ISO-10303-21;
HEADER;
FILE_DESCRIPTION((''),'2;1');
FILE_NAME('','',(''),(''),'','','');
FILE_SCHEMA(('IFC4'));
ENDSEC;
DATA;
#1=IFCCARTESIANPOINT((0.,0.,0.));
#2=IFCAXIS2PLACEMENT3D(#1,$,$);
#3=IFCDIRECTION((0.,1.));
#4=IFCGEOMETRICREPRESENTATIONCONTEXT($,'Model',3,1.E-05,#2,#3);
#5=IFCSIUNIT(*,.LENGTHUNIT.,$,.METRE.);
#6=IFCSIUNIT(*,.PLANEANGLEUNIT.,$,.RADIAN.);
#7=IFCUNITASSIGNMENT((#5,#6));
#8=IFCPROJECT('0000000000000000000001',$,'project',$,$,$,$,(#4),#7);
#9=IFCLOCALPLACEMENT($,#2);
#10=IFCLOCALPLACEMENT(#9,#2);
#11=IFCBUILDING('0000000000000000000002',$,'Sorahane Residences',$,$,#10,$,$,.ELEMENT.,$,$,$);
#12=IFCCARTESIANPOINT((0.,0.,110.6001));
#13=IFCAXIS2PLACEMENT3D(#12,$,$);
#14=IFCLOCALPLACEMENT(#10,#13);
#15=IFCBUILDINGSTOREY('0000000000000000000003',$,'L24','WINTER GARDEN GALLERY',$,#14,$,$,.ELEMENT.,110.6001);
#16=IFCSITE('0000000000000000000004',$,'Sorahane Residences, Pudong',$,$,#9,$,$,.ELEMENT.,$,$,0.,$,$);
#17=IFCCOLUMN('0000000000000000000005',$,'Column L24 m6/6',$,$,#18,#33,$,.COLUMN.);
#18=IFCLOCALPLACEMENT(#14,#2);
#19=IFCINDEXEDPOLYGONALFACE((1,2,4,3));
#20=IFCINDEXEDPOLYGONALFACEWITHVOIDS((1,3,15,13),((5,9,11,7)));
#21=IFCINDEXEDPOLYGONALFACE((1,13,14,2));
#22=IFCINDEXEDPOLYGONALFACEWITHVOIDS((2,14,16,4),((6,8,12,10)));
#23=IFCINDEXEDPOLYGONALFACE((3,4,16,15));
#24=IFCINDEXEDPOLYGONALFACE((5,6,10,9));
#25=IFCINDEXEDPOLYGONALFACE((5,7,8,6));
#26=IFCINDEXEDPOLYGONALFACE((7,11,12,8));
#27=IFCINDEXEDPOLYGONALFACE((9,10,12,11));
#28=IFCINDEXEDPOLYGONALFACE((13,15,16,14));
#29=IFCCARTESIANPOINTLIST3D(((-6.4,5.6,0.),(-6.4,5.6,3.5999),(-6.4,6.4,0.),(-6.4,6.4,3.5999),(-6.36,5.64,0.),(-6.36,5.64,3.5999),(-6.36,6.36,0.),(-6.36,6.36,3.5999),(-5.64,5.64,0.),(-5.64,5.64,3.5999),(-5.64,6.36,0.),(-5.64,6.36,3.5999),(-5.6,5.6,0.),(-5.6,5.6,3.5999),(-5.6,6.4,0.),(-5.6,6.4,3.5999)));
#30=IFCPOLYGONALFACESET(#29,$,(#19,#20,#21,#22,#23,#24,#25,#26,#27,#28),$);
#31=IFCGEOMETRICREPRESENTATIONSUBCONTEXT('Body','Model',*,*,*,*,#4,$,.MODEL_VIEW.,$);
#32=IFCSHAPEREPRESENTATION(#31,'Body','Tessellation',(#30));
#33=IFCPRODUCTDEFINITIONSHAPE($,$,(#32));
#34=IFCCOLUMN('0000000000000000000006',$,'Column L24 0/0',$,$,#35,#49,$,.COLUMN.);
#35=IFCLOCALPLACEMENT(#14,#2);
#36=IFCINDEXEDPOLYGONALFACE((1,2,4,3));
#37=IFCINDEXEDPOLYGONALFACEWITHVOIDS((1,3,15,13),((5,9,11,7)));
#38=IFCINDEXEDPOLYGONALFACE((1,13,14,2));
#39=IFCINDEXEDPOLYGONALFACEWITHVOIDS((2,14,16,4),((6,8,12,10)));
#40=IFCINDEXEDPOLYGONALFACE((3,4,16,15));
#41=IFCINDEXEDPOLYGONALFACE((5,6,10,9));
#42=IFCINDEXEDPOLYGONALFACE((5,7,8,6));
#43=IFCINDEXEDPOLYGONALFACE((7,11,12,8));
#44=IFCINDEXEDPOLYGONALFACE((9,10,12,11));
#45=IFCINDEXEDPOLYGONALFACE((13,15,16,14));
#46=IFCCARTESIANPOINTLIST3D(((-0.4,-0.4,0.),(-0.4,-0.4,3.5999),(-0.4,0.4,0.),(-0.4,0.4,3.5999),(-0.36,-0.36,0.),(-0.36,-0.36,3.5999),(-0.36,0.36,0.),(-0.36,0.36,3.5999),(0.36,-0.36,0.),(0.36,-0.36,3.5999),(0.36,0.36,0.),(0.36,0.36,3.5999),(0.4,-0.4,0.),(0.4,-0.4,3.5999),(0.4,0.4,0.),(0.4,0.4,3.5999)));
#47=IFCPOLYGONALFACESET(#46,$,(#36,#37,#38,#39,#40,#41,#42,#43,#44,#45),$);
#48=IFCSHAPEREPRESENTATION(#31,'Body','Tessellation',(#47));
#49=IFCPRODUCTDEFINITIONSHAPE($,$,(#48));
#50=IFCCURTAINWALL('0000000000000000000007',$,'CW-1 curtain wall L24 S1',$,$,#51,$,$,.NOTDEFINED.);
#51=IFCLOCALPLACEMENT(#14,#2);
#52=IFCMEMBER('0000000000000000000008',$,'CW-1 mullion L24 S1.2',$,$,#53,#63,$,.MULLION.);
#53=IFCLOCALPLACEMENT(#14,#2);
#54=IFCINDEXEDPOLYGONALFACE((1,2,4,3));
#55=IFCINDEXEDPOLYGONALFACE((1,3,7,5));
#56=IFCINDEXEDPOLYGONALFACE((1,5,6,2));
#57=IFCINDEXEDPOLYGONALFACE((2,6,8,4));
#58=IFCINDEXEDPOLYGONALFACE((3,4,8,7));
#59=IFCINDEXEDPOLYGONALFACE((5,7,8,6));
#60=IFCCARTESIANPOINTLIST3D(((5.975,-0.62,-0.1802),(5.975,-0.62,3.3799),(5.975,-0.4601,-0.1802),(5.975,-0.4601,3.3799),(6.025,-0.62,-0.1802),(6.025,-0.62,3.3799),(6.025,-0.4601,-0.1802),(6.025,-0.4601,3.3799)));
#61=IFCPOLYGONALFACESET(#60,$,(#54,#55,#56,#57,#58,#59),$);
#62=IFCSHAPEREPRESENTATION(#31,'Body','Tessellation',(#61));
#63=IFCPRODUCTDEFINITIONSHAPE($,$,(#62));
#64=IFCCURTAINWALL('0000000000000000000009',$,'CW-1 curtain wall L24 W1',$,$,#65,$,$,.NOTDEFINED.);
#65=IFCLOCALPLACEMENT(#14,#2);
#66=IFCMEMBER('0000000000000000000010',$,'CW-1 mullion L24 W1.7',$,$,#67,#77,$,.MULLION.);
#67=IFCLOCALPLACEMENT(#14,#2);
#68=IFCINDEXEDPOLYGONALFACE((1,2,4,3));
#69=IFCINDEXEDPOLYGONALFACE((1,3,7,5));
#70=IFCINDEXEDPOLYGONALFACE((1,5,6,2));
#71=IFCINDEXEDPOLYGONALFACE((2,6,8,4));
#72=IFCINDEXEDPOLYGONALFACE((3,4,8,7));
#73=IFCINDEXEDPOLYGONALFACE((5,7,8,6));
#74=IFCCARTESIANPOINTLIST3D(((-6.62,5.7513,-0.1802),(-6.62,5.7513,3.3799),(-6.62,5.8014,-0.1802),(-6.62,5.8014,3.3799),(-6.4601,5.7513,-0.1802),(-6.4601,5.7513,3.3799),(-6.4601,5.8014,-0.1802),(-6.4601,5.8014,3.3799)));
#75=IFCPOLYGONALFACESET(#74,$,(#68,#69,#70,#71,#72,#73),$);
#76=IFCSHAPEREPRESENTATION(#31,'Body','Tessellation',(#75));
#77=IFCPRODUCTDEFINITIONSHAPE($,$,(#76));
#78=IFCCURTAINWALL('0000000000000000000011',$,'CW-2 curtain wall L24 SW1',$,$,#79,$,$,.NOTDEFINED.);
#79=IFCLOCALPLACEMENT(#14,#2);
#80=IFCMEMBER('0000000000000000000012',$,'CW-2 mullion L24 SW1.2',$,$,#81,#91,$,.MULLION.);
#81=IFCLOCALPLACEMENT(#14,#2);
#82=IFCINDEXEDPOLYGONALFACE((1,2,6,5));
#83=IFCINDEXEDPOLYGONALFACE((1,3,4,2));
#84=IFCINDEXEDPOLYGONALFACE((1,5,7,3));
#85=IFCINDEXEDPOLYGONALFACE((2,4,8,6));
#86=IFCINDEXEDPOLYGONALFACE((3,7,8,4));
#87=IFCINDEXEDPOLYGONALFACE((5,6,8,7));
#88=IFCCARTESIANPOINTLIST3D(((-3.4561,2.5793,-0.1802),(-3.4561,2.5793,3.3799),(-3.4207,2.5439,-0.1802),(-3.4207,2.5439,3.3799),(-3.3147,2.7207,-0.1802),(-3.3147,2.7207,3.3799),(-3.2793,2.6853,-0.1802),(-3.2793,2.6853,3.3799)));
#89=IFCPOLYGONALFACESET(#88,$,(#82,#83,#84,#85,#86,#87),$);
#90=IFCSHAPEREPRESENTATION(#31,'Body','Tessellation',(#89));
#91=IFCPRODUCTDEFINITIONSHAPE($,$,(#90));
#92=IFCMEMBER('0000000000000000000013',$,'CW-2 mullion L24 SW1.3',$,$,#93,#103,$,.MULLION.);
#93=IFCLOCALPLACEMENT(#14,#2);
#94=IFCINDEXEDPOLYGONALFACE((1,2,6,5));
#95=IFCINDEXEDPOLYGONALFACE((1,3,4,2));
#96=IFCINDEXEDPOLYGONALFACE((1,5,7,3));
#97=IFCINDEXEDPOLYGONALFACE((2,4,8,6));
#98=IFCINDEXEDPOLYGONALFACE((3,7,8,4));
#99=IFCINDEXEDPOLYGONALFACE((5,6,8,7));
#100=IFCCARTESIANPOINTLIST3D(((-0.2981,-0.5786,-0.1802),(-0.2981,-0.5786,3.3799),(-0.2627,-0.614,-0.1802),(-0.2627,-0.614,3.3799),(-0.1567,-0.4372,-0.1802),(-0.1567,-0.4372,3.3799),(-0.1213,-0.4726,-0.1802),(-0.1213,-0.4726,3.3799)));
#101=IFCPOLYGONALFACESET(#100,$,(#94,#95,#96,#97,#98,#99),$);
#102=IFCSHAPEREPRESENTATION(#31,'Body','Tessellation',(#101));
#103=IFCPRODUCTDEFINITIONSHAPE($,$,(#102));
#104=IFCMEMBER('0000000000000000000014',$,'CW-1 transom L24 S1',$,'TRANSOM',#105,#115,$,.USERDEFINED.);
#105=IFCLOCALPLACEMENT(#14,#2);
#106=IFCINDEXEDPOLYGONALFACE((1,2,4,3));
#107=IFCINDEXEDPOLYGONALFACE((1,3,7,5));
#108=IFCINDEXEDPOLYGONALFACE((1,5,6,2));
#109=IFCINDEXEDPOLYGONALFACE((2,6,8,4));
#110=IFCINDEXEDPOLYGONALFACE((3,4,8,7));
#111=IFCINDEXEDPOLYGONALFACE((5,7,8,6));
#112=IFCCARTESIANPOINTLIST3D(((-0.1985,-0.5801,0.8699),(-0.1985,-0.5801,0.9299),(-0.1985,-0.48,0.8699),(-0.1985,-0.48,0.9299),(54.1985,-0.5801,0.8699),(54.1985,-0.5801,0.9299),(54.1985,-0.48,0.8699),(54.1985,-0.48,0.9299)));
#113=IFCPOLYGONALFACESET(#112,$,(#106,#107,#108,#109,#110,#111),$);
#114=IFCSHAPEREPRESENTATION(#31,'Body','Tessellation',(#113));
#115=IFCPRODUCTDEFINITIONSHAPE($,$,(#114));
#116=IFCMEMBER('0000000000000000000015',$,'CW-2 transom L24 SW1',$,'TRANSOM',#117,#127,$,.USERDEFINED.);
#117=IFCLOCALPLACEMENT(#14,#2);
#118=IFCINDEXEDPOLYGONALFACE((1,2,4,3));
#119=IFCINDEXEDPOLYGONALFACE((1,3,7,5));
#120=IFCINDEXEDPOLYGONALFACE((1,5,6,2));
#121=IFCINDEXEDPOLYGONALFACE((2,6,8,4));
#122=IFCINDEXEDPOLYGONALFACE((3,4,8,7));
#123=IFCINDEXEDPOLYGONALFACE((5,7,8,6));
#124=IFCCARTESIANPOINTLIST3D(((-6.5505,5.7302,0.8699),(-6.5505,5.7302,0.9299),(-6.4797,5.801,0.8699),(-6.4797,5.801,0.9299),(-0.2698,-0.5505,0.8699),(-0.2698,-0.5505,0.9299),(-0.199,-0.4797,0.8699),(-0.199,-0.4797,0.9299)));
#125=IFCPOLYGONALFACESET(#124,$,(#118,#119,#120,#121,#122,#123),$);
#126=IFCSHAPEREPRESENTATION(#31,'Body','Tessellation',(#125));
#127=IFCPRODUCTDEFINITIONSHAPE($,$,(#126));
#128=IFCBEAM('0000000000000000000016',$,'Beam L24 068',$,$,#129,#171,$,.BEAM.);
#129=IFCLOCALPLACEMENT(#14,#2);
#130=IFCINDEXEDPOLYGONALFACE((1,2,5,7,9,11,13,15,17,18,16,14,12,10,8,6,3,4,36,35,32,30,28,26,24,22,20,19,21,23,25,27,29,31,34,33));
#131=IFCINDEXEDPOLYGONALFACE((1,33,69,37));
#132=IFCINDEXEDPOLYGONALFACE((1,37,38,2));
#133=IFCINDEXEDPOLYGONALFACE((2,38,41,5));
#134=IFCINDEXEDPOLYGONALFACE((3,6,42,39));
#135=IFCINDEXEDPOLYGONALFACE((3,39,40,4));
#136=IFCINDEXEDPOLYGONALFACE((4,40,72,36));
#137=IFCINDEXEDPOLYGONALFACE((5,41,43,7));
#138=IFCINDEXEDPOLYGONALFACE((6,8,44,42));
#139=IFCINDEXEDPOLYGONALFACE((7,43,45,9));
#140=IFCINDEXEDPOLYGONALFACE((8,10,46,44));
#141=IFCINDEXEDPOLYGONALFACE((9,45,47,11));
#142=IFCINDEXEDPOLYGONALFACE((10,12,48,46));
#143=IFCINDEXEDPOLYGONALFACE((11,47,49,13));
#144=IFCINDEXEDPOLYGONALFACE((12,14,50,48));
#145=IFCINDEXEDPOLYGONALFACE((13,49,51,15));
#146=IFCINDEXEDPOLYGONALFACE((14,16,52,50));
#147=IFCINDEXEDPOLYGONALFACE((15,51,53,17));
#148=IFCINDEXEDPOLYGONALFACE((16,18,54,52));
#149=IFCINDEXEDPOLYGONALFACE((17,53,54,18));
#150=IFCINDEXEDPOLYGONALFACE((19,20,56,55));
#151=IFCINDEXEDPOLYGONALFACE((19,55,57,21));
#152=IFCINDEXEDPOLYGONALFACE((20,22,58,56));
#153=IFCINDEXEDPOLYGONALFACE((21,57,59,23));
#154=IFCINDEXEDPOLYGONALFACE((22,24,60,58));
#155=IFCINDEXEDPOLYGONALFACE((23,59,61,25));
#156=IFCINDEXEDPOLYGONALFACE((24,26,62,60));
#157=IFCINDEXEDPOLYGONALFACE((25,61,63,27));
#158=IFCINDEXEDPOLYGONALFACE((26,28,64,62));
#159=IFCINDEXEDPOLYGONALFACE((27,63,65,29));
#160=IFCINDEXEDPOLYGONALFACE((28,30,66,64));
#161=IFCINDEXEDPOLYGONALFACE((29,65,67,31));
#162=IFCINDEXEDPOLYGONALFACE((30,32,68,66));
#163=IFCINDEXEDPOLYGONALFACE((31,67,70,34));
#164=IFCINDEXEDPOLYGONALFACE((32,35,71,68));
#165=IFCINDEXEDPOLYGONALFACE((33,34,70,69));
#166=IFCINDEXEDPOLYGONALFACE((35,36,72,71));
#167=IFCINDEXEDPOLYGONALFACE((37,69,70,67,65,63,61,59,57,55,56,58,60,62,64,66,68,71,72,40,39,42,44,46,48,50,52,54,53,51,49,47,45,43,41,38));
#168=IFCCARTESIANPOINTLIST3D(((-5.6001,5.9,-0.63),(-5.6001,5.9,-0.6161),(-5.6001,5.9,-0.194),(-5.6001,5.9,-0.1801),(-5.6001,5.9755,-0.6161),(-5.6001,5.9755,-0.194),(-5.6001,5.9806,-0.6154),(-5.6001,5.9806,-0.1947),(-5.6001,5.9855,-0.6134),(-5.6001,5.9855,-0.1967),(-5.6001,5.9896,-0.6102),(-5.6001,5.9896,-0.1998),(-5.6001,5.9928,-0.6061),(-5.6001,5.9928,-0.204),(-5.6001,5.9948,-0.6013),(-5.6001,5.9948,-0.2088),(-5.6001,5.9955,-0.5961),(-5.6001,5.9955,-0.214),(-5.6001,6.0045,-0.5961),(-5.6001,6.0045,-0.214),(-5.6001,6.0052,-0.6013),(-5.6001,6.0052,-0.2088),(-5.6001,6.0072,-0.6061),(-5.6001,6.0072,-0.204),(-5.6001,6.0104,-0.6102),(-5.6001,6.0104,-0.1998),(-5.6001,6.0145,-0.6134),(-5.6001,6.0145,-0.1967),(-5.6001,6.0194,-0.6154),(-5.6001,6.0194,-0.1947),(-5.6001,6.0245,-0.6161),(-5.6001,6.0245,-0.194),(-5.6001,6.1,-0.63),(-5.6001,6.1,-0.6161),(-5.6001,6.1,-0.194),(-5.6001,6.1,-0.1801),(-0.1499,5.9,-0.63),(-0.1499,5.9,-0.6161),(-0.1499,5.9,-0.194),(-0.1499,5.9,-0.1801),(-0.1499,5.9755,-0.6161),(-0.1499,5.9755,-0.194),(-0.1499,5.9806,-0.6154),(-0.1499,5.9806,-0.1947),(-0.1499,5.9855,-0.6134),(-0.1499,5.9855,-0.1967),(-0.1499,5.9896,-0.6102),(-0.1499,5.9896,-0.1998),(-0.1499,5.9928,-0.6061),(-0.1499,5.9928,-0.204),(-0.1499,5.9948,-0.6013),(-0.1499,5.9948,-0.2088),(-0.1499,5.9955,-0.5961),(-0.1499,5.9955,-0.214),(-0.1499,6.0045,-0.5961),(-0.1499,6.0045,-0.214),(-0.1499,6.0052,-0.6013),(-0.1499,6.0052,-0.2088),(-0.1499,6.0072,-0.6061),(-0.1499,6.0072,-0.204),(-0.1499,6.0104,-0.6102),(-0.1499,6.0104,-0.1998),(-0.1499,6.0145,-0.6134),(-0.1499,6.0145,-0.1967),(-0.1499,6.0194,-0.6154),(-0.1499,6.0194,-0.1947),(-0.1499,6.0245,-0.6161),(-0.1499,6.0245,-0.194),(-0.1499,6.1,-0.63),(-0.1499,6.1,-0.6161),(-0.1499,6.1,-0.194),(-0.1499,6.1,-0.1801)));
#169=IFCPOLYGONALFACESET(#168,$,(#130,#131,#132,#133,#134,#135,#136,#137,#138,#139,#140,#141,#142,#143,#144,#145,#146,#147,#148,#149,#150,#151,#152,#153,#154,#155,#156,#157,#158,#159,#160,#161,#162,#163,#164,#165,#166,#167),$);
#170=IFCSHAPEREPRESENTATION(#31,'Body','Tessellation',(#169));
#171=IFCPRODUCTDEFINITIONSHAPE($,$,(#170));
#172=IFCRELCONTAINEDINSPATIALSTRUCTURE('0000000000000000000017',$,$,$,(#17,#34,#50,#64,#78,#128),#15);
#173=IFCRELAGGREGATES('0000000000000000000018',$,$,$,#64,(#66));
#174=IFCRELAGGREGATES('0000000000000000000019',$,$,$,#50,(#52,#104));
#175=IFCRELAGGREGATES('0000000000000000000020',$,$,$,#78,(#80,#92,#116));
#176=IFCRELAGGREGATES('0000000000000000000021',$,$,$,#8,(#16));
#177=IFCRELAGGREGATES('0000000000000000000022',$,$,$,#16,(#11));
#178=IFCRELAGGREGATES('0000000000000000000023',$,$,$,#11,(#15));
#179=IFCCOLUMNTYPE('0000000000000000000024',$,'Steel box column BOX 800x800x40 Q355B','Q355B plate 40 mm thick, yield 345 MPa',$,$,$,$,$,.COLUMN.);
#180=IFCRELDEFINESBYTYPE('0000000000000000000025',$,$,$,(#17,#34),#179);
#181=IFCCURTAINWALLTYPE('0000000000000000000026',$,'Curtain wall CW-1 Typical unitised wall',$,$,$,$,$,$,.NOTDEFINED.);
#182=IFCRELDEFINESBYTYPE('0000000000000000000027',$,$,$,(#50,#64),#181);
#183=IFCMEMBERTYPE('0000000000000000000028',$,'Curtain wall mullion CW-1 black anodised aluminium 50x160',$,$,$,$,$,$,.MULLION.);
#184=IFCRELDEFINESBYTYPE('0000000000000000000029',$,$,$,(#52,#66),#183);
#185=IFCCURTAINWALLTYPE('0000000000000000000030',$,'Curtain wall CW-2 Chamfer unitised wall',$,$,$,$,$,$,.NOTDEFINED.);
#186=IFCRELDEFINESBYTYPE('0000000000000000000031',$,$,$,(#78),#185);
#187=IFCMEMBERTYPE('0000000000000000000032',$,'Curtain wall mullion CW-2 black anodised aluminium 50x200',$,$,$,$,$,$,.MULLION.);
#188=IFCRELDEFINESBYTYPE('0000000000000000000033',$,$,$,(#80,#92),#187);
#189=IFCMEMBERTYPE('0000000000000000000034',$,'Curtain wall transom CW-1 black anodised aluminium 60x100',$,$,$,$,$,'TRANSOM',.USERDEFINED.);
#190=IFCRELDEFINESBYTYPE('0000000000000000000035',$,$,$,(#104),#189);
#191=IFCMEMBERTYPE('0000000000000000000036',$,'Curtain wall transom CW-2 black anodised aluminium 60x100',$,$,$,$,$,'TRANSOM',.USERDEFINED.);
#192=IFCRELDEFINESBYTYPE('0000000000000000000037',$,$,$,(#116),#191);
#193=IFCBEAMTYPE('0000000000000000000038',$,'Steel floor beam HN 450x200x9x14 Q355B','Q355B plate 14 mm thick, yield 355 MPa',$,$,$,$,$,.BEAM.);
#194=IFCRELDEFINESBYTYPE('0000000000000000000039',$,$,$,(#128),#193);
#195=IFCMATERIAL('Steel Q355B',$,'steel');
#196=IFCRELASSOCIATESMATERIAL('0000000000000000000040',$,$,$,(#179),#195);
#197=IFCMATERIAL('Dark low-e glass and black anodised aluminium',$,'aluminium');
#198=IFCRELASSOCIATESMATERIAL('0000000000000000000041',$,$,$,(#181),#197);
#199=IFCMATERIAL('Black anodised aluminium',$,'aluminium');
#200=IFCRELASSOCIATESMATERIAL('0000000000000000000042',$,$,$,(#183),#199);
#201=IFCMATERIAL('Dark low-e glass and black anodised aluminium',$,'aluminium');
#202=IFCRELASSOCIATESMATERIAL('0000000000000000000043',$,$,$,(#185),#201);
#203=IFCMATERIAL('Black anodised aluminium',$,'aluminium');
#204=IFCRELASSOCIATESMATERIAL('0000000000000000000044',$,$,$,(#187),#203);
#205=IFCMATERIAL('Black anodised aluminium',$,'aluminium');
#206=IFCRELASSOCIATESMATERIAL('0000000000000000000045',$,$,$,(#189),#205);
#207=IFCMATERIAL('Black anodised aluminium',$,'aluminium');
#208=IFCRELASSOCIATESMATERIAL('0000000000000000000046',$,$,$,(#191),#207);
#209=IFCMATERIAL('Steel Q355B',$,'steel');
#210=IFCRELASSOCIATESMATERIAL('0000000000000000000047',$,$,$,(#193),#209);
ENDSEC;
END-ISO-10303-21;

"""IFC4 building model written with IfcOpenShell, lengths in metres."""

from ifc_helpers import new_model, si_unit, direction, frame, origin, origin_2d, place, context, subcontext, project, spatial, rectangle, hollow_rectangle, i_section, extrude, material, material_profile, profile_set, type_object, element, aggregate, save


model = new_model("IFC4")

# Units and contexts
model_context = context("Model", 3, precision=1e-05, world=origin(), true_north=direction((0.0, 1.0)))
body_context = subcontext(model_context, "Body", "Model", "MODEL_VIEW")
ifc_project = project(units=[si_unit("LENGTHUNIT", "METRE"), si_unit("PLANEANGLEUNIT", "RADIAN")], contexts=[model_context])

# Site, building, storey
site_placement = place(None, origin())
site = spatial("IfcSite", under=ifc_project, at=site_placement, Name="Sorahane Residences, Pudong", CompositionType="ELEMENT", RefElevation=0.0)
building_placement = place(site_placement, origin())
building = spatial("IfcBuilding", under=site, at=building_placement, Name="Sorahane Residences", CompositionType="ELEMENT")
storey_placement = place(building_placement, frame((0.0, 0.0, 110.6001)))
storey = spatial("IfcBuildingStorey", under=building, at=storey_placement, Name="L24", Description="WINTER GARDEN GALLERY", CompositionType="ELEMENT", Elevation=110.6001)

# Columns
ifc_material_1 = material(Name="Steel Q355B", Category="steel")
ifc_material_profile_1 = material_profile(ifc_material_1, hollow_rectangle(XDim=0.8, YDim=0.8, WallThickness=0.04, at=origin_2d()), Name="BOX 800x800x40")
ifc_profile_set_1 = profile_set([ifc_material_profile_1], Name="Steel Q355B")
column_type = type_object("IfcColumnType", Name="Steel box column BOX 800x800x40 Q355B", Description="Q355B plate 40 mm thick, yield 345 MPa", PredefinedType="COLUMN", material=ifc_profile_set_1)
for number, where, z_axis, x_axis, name in (
    (1, (-6.0, 6.0, 0.0), (0.0, 0.0, 1.0), (1.0, 0.0, 0.0), "Column L24 m6/6"),
    (2, (0.0, 0.0, 0.0), (0.0, 0.0, 1.0), (1.0, 0.0, 0.0), "Column L24 0/0"),
):
    element("IfcColumn", number, at=place(storey_placement, frame(where, z_axis=z_axis, x_axis=x_axis)), inside=storey, type_object=column_type, Name=name, PredefinedType="COLUMN", context=body_context, shape_type="SweptSolid", body=[
        extrude(hollow_rectangle(XDim=0.8, YDim=0.8, WallThickness=0.04, at=origin_2d()), origin(), (0.0, 0.0, 1.0), 3.5999),
    ])

# Curtain walls, members
ifc_material_2 = material(Name="Dark low-e glass and black anodised aluminium", Category="aluminium")
curtain_wall_type_1 = type_object("IfcCurtainWallType", Name="Curtain wall CW-1 Typical unitised wall", PredefinedType="NOTDEFINED", material=ifc_material_2)
curtain_wall_1_placement = place(storey_placement, origin())
curtain_wall_1 = element("IfcCurtainWall", 3, at=curtain_wall_1_placement, inside=storey, type_object=curtain_wall_type_1, Name="CW-1 curtain wall L24 S1", PredefinedType="NOTDEFINED")
ifc_material_3 = material(Name="Black anodised aluminium", Category="aluminium")
ifc_material_profile_2 = material_profile(ifc_material_3, rectangle(XDim=0.1599, YDim=0.05, at=origin_2d()), Name="Curtain wall mullion CW-1 black anodised aluminium 50x160")
ifc_profile_set_2 = profile_set([ifc_material_profile_2], Name="Black anodised aluminium")
member_type_1 = type_object("IfcMemberType", Name="Curtain wall mullion CW-1 black anodised aluminium 50x160", PredefinedType="MULLION", material=ifc_profile_set_2)
member_1_placement = place(storey_placement, frame((6.0, -0.54, -0.1802), z_axis=(0.0, 0.0, 1.0), x_axis=(0.0, -1.0, 0.0)))
member_1 = element("IfcMember", 4, at=member_1_placement, type_object=member_type_1, Name="CW-1 mullion L24 S1.2", PredefinedType="MULLION", context=body_context, shape_type="SweptSolid", body=[
    extrude(rectangle(XDim=0.1599, YDim=0.05, at=origin_2d()), origin(), (0.0, 0.0, 1.0), 3.5601),
])
curtain_wall_2_placement = place(storey_placement, origin())
curtain_wall_2 = element("IfcCurtainWall", 5, at=curtain_wall_2_placement, inside=storey, type_object=curtain_wall_type_1, Name="CW-1 curtain wall L24 W1", PredefinedType="NOTDEFINED")
member_2_placement = place(storey_placement, frame((-6.54, 5.7764, -0.1802), z_axis=(0.0, 0.0, 1.0), x_axis=(-1.0, 0.0, 0.0)))
member_2 = element("IfcMember", 6, at=member_2_placement, type_object=member_type_1, Name="CW-1 mullion L24 W1.7", PredefinedType="MULLION", context=body_context, shape_type="SweptSolid", body=[
    extrude(rectangle(XDim=0.1599, YDim=0.05, at=origin_2d()), origin(), (0.0, 0.0, 1.0), 3.5601),
])
aggregate(curtain_wall_2, [member_2])

# Curtain wall, members
ifc_material_4 = material(Name="Dark low-e glass and black anodised aluminium", Category="aluminium")
curtain_wall_type_2 = type_object("IfcCurtainWallType", Name="Curtain wall CW-2 Chamfer unitised wall", PredefinedType="NOTDEFINED", material=ifc_material_4)
curtain_wall_3_placement = place(storey_placement, origin())
curtain_wall_3 = element("IfcCurtainWall", 7, at=curtain_wall_3_placement, inside=storey, type_object=curtain_wall_type_2, Name="CW-2 curtain wall L24 SW1", PredefinedType="NOTDEFINED")
ifc_material_5 = material(Name="Black anodised aluminium", Category="aluminium")
ifc_material_profile_3 = material_profile(ifc_material_5, rectangle(XDim=0.2, YDim=0.05, at=origin_2d()), Name="Curtain wall mullion CW-2 black anodised aluminium 50x200")
ifc_profile_set_3 = profile_set([ifc_material_profile_3], Name="Black anodised aluminium")
member_type_2 = type_object("IfcMemberType", Name="Curtain wall mullion CW-2 black anodised aluminium 50x200", PredefinedType="MULLION", material=ifc_profile_set_3)
member_3_placement = place(storey_placement, frame((-3.3677, 2.6323, -0.1802), z_axis=(0.0, 0.0, 1.0), x_axis=(-0.707107, -0.707107, 0.0)))
member_3 = element("IfcMember", 8, at=member_3_placement, type_object=member_type_2, Name="CW-2 mullion L24 SW1.2", PredefinedType="MULLION", context=body_context, shape_type="SweptSolid", body=[
    extrude(rectangle(XDim=0.2, YDim=0.05, at=origin_2d()), origin(), (0.0, 0.0, 1.0), 3.5601),
])
member_4_placement = place(storey_placement, frame((-0.2097, -0.5256, -0.1802), z_axis=(0.0, 0.0, 1.0), x_axis=(-0.707107, -0.707107, 0.0)))
member_4 = element("IfcMember", 9, at=member_4_placement, type_object=member_type_2, Name="CW-2 mullion L24 SW1.3", PredefinedType="MULLION", context=body_context, shape_type="SweptSolid", body=[
    extrude(rectangle(XDim=0.2, YDim=0.05, at=origin_2d()), origin(), (0.0, 0.0, 1.0), 3.5601),
])

# Members
ifc_material_6 = material(Name="Black anodised aluminium", Category="aluminium")
ifc_material_profile_4 = material_profile(ifc_material_6, rectangle(XDim=0.1001, YDim=0.0601, at=origin_2d()), Name="Curtain wall transom CW-1 black anodised aluminium 60x100")
ifc_profile_set_4 = profile_set([ifc_material_profile_4], Name="Black anodised aluminium")
member_type_3 = type_object("IfcMemberType", Name="Curtain wall transom CW-1 black anodised aluminium 60x100", ElementType="TRANSOM", PredefinedType="USERDEFINED", material=ifc_profile_set_4)
member_5_placement = place(storey_placement, frame((-0.1985, -0.53, 0.8999), z_axis=(1.0, 0.0, 0.0), x_axis=(0.0, 1.0, 0.0)))
member_5 = element("IfcMember", 10, at=member_5_placement, type_object=member_type_3, Name="CW-1 transom L24 S1", ObjectType="TRANSOM", PredefinedType="USERDEFINED", context=body_context, shape_type="SweptSolid", body=[
    extrude(rectangle(XDim=0.1001, YDim=0.0601, at=origin_2d()), origin(), (0.0, 0.0, 1.0), 54.397),
])
ifc_material_7 = material(Name="Black anodised aluminium", Category="aluminium")
ifc_material_profile_5 = material_profile(ifc_material_7, rectangle(XDim=0.1001, YDim=0.0601, at=origin_2d()), Name="Curtain wall transom CW-2 black anodised aluminium 60x100")
ifc_profile_set_5 = profile_set([ifc_material_profile_5], Name="Black anodised aluminium")
member_type_4 = type_object("IfcMemberType", Name="Curtain wall transom CW-2 black anodised aluminium 60x100", ElementType="TRANSOM", PredefinedType="USERDEFINED", material=ifc_profile_set_5)
member_6_placement = place(storey_placement, frame((-6.5151, 5.7656, 0.8999), z_axis=(0.707107, -0.707107, 0.0), x_axis=(0.707107, 0.707107, 0.0)))
member_6 = element("IfcMember", 11, at=member_6_placement, type_object=member_type_4, Name="CW-2 transom L24 SW1", ObjectType="TRANSOM", PredefinedType="USERDEFINED", context=body_context, shape_type="SweptSolid", body=[
    extrude(rectangle(XDim=0.1001, YDim=0.0601, at=origin_2d()), origin(), (0.0, 0.0, 1.0), 8.8823),
])

# Beam
ifc_material_8 = material(Name="Steel Q355B", Category="steel")
ifc_material_profile_6 = material_profile(ifc_material_8, i_section(OverallWidth=0.2, OverallDepth=0.45, WebThickness=0.009, FlangeThickness=0.0139, FilletRadius=0.02, at=origin_2d()), Name="HN 450x200x9x14")
ifc_profile_set_6 = profile_set([ifc_material_profile_6], Name="Steel Q355B")
beam_type_1 = type_object("IfcBeamType", Name="Steel floor beam HN 450x200x9x14 Q355B", Description="Q355B plate 14 mm thick, yield 355 MPa", PredefinedType="BEAM", material=ifc_profile_set_6)
beam_1_placement = place(storey_placement, frame((-5.6001, 6.0, -0.405), z_axis=(1.0, 0.0, 0.0), x_axis=(0.0, 1.0, 0.0)))
element("IfcBeam", 12, at=beam_1_placement, inside=storey, type_object=beam_type_1, Name="Beam L24 068", PredefinedType="BEAM", context=body_context, shape_type="SweptSolid", body=[
    extrude(i_section(OverallWidth=0.2, OverallDepth=0.45, WebThickness=0.009, FlangeThickness=0.0139, FilletRadius=0.02, at=origin_2d()), origin(), (0.0, 0.0, 1.0), 5.4502),
])

aggregate(curtain_wall_1, [member_1, member_5])
aggregate(curtain_wall_3, [member_3, member_4, member_6])

save(model, "model.ifc")
